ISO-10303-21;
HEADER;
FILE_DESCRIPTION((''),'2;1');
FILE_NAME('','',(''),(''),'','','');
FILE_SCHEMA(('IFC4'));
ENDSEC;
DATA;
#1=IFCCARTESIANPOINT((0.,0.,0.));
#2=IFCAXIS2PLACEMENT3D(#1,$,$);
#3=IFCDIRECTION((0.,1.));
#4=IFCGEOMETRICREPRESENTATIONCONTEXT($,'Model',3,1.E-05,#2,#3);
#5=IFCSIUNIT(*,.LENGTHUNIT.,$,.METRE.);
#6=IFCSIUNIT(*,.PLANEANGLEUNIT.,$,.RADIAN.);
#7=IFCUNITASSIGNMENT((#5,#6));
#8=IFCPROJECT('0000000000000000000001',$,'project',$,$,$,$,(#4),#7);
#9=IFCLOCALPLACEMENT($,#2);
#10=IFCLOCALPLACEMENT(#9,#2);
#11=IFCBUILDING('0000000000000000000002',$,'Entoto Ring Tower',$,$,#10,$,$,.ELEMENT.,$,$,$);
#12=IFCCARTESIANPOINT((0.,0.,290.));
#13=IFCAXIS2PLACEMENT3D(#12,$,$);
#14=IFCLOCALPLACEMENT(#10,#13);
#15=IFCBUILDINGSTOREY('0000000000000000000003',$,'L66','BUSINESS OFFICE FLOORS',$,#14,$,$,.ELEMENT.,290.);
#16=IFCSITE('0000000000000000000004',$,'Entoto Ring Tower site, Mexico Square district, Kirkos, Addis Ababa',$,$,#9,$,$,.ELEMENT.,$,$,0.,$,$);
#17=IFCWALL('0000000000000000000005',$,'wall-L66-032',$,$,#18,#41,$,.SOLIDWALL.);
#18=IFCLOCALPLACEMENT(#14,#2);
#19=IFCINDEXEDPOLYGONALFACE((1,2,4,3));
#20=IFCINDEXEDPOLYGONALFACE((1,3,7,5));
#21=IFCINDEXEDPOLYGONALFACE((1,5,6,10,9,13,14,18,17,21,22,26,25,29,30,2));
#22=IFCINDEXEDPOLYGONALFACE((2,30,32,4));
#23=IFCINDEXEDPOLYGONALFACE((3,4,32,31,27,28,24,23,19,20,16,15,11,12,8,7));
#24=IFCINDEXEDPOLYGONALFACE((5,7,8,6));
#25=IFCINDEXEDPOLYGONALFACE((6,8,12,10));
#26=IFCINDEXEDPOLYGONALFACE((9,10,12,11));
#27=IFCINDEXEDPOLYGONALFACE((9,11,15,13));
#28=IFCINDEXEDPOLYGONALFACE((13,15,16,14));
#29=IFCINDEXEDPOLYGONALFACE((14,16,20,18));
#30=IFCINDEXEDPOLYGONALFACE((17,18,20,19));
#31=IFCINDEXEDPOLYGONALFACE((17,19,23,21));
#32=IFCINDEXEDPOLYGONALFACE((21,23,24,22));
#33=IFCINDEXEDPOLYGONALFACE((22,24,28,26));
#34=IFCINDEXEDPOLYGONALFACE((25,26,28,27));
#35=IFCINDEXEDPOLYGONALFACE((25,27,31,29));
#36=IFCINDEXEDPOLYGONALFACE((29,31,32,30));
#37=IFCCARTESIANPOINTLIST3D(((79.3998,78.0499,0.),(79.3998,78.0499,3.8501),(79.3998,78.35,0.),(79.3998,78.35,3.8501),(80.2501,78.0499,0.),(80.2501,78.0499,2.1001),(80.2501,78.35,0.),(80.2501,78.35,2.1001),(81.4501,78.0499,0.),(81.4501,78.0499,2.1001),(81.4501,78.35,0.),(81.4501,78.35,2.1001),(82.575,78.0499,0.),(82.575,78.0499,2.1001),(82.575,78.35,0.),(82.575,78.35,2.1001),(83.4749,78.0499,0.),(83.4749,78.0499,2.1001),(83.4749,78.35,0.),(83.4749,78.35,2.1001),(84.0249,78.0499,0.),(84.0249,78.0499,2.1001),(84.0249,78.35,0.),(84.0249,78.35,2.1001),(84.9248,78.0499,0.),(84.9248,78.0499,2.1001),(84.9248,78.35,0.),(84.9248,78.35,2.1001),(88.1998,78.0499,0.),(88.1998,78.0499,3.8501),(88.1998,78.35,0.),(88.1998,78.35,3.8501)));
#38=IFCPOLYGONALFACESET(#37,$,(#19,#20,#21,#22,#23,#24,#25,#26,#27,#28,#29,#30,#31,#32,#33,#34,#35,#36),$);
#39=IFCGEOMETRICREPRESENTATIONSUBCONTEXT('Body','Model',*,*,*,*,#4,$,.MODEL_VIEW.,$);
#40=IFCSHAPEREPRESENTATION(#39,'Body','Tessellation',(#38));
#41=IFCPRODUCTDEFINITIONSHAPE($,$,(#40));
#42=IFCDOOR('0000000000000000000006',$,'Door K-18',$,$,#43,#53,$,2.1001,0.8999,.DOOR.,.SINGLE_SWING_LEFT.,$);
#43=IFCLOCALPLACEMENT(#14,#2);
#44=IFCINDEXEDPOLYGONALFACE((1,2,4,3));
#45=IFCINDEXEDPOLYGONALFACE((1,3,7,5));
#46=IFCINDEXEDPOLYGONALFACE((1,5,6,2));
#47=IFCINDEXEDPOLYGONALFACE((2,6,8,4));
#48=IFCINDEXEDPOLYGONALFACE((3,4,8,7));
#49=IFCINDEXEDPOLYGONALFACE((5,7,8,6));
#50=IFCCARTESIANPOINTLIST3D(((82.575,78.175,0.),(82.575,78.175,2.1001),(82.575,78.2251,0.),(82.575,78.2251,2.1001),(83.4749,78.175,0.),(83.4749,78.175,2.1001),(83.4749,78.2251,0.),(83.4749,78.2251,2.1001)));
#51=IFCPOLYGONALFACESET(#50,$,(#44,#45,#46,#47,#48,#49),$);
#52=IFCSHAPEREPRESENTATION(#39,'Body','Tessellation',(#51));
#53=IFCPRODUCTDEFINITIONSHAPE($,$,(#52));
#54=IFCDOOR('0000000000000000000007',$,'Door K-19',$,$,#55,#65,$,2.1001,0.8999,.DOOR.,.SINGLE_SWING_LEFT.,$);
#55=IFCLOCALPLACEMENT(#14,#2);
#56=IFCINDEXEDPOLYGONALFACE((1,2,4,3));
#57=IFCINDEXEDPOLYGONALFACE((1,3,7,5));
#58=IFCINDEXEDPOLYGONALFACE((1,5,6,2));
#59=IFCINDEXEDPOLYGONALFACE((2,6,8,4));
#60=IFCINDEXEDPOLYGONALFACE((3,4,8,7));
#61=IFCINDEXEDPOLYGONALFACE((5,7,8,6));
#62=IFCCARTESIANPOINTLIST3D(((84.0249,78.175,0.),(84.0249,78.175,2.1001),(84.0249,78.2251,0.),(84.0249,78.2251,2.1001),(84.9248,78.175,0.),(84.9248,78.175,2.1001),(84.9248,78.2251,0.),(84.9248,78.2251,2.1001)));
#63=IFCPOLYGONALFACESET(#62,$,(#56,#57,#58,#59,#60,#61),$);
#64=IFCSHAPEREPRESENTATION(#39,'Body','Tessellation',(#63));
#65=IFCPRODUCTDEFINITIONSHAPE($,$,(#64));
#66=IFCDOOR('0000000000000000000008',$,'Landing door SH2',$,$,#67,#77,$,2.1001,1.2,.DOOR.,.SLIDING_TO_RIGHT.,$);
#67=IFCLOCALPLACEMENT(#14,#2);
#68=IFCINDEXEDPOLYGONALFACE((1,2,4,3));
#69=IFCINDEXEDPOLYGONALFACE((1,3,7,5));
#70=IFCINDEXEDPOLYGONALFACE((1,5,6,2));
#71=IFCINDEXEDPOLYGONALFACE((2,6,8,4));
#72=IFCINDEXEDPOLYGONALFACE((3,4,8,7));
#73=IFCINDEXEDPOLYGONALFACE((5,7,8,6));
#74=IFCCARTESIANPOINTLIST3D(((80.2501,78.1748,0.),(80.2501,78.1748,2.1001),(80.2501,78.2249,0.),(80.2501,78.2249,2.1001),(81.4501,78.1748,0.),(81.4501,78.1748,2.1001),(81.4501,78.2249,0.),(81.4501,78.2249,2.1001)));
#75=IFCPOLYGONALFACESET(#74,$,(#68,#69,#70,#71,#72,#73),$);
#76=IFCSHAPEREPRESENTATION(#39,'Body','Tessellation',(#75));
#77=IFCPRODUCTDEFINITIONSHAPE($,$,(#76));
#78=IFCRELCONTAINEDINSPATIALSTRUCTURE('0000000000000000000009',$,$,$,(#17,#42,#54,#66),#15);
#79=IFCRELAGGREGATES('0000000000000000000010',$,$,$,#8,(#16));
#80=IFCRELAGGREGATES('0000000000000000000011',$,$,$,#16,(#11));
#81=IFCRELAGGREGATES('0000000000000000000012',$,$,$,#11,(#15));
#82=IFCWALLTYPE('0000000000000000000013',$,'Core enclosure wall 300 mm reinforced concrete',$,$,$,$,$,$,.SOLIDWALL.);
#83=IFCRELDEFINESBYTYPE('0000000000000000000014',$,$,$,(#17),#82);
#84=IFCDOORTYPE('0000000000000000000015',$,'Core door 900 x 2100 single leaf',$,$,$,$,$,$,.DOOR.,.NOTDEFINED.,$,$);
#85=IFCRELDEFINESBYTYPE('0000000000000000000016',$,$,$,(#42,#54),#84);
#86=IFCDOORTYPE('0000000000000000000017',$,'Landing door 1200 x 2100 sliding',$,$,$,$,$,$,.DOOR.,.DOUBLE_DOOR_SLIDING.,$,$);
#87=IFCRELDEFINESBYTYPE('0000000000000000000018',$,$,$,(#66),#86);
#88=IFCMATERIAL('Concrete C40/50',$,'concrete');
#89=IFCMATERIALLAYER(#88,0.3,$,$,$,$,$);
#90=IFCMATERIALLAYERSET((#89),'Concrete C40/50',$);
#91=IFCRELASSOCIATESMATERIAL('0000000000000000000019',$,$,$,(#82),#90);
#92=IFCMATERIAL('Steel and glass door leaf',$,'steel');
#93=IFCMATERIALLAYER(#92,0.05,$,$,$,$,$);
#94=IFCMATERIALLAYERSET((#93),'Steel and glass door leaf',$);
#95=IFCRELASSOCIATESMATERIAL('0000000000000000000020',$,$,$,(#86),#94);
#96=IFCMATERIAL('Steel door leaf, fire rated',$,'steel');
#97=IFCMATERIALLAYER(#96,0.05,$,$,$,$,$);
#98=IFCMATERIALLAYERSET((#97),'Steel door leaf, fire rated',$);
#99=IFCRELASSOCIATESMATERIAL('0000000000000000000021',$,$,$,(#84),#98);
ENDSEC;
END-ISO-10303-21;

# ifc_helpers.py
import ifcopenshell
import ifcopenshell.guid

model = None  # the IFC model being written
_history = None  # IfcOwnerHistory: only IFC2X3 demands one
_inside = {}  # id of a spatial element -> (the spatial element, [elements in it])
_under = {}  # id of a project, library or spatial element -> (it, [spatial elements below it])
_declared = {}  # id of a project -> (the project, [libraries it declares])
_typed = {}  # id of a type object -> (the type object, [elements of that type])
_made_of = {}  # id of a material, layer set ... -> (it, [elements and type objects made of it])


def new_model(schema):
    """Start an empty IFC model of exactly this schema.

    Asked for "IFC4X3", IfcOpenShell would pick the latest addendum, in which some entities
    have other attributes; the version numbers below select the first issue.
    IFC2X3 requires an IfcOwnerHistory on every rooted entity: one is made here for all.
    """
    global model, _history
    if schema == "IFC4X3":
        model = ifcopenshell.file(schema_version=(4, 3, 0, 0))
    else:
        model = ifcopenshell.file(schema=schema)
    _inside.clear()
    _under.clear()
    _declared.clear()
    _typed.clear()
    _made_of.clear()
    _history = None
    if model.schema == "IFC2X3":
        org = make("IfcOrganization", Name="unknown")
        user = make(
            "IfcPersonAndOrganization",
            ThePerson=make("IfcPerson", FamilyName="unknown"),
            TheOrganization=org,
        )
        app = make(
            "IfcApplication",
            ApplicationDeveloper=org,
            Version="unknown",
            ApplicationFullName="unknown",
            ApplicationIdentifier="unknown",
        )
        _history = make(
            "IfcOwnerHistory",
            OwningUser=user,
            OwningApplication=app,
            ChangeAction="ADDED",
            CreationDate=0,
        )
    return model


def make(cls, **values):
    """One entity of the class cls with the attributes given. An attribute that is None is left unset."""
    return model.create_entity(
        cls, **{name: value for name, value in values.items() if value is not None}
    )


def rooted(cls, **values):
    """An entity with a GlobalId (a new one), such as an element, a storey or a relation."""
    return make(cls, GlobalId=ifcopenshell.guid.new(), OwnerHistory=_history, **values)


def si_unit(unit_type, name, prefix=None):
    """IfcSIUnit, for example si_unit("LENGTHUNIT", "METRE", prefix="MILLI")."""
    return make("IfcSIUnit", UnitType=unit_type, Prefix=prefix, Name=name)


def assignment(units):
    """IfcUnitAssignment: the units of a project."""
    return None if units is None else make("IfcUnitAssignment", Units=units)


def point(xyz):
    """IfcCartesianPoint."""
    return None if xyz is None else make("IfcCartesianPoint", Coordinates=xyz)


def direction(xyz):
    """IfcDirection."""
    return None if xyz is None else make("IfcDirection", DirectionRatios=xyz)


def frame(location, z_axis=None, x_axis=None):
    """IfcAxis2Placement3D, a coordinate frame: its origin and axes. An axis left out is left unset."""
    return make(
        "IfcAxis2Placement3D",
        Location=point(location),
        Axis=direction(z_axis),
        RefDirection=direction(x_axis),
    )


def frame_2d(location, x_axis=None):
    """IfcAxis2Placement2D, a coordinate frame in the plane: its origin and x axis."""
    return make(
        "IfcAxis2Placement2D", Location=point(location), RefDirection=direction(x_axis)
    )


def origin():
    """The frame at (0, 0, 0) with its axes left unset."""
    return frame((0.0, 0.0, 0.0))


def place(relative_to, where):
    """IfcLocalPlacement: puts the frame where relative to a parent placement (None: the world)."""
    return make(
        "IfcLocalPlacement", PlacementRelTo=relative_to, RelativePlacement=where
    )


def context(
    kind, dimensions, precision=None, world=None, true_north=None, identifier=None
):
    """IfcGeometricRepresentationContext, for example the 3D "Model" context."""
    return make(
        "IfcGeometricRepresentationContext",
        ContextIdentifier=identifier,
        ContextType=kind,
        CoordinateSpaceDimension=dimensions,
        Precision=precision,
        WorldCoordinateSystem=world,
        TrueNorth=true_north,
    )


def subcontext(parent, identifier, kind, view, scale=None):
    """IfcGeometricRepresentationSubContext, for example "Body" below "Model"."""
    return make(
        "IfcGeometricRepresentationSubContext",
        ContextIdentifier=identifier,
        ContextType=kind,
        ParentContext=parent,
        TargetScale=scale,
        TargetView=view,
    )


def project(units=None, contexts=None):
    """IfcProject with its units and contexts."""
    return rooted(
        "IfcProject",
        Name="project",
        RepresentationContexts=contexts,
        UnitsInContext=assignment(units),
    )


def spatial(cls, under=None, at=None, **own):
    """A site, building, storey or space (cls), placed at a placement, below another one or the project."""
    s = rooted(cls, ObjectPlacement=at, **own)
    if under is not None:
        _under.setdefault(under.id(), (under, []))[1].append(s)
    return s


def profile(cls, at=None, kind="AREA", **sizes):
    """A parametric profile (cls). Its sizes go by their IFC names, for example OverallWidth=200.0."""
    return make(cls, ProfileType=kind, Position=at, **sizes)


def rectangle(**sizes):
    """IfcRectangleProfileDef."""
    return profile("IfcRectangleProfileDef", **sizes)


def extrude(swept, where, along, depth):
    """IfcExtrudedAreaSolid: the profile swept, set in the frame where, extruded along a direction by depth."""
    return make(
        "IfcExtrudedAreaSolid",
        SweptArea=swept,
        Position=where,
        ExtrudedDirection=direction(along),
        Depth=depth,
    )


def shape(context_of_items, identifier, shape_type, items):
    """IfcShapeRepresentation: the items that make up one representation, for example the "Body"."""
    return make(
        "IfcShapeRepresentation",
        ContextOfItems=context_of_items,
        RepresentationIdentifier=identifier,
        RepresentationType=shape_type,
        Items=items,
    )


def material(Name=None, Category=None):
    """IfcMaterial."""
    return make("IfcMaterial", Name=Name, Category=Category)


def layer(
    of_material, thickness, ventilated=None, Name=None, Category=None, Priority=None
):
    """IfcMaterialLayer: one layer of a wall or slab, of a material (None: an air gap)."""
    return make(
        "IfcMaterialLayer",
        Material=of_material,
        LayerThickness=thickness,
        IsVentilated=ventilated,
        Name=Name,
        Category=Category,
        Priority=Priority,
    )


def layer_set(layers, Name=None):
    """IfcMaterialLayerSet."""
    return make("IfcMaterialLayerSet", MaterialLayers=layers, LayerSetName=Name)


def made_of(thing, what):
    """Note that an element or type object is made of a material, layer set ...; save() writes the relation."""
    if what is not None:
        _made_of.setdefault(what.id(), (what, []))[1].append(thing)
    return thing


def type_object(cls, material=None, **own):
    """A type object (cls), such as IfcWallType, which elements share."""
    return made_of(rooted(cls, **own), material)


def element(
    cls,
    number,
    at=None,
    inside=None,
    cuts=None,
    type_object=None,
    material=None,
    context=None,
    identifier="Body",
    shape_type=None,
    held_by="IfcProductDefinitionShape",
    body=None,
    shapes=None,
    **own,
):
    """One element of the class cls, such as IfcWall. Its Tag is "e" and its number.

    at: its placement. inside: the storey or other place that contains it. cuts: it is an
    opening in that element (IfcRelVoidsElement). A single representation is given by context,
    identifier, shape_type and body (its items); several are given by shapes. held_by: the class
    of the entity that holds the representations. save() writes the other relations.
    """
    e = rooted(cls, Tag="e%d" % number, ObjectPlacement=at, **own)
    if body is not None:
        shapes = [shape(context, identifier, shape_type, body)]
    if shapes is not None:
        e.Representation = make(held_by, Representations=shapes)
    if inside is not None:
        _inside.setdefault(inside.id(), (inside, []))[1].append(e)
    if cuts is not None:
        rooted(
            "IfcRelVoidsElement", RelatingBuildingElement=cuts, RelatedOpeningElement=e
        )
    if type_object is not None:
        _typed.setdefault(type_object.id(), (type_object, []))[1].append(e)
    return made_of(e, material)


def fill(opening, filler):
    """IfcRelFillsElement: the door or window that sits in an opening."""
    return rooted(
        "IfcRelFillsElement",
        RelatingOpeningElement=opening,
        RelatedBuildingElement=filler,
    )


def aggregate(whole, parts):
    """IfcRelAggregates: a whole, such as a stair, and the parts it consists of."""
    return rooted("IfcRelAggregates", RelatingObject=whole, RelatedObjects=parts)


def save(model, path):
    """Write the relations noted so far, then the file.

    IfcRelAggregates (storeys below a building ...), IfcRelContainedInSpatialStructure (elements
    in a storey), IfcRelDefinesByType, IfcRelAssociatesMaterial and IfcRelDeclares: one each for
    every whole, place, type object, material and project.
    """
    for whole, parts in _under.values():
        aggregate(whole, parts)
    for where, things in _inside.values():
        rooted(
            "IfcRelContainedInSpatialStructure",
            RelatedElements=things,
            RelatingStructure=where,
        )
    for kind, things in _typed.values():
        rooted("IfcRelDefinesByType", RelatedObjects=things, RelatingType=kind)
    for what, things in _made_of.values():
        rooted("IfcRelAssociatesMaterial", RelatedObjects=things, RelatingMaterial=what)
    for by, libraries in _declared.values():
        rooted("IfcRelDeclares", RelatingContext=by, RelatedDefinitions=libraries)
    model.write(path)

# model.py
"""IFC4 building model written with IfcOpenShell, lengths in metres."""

from ifc_helpers import new_model, si_unit, direction, frame, frame_2d, origin, place, context, subcontext, project, spatial, rectangle, extrude, material, layer, layer_set, type_object, element, fill, save


model = new_model("IFC4")

# Units and contexts
model_context = context("Model", 3, precision=1e-05, world=origin(), true_north=direction((0.0, 1.0)))
body_context = subcontext(model_context, "Body", "Model", "MODEL_VIEW")
ifc_project = project(units=[si_unit("LENGTHUNIT", "METRE"), si_unit("PLANEANGLEUNIT", "RADIAN")], contexts=[model_context])

# Site, building, storey
site_placement = place(None, origin())
site = spatial("IfcSite", under=ifc_project, at=site_placement, Name="Entoto Ring Tower site, Mexico Square district, Kirkos, Addis Ababa", CompositionType="ELEMENT", RefElevation=0.0)
building_placement = place(site_placement, origin())
building = spatial("IfcBuilding", under=site, at=building_placement, Name="Entoto Ring Tower", CompositionType="ELEMENT")
storey_placement = place(building_placement, frame((0.0, 0.0, 290.0)))
storey = spatial("IfcBuildingStorey", under=building, at=storey_placement, Name="L66", Description="BUSINESS OFFICE FLOORS", CompositionType="ELEMENT", Elevation=290.0)

# Shared definitions
ifc_material_1 = material(Name="Concrete C40/50", Category="concrete")
ifc_layer_1 = layer(ifc_material_1, 0.3)
ifc_layer_set_1 = layer_set([ifc_layer_1], Name="Concrete C40/50")
wall_type = type_object("IfcWallType", Name="Core enclosure wall 300 mm reinforced concrete", PredefinedType="SOLIDWALL", material=ifc_layer_set_1)
ifc_material_2 = material(Name="Steel and glass door leaf", Category="steel")
ifc_layer_2 = layer(ifc_material_2, 0.05)
ifc_layer_set_2 = layer_set([ifc_layer_2], Name="Steel and glass door leaf")
door_type_1 = type_object("IfcDoorType", Name="Landing door 1200 x 2100 sliding", OperationType="DOUBLE_DOOR_SLIDING", PredefinedType="DOOR", material=ifc_layer_set_2)

# Wall, openings, doors
wall_1_placement = place(storey_placement, frame((79.3999, 78.2, 0.0), z_axis=(0.0, 0.0, 1.0), x_axis=(1.0, 0.0, 0.0)))
wall_1 = element("IfcWall", 1, at=wall_1_placement, inside=storey, type_object=wall_type, Name="wall-L66-032", PredefinedType="SOLIDWALL", context=body_context, shape_type="SweptSolid", body=[
    extrude(rectangle(XDim=8.8, YDim=0.3, at=frame_2d((4.3999, 0.0))), origin(), (0.0, 0.0, 1.0), 3.8501),
])
opening_1_placement = place(wall_1_placement, frame((0.8501, 0.0, 0.0)))
opening_1 = element("IfcOpeningElement", 2, at=opening_1_placement, cuts=wall_1, PredefinedType="OPENING", context=body_context, shape_type="SweptSolid", body=[
    extrude(rectangle(XDim=1.2, YDim=2.1001, at=frame_2d((0.6001, 1.05))), frame((0.0, 0.1602, 0.0), z_axis=(0.0, -1.0, 0.0), x_axis=(1.0, 0.0, 0.0)), (0.0, 0.0, 1.0), 0.3201),
])
opening_2_placement = place(wall_1_placement, frame((3.175, 0.0, 0.0)))
opening_2 = element("IfcOpeningElement", 3, at=opening_2_placement, cuts=wall_1, PredefinedType="OPENING", context=body_context, shape_type="SweptSolid", body=[
    extrude(rectangle(XDim=0.8999, YDim=2.1001, at=frame_2d((0.45, 1.05))), frame((0.0, 0.1602, 0.0), z_axis=(0.0, -1.0, 0.0), x_axis=(1.0, 0.0, 0.0)), (0.0, 0.0, 1.0), 0.3201),
])
opening_3_placement = place(wall_1_placement, frame((4.625, 0.0, 0.0)))
opening_3 = element("IfcOpeningElement", 4, at=opening_3_placement, cuts=wall_1, PredefinedType="OPENING", context=body_context, shape_type="SweptSolid", body=[
    extrude(rectangle(XDim=0.8999, YDim=2.1001, at=frame_2d((0.45, 1.05))), frame((0.0, 0.1602, 0.0), z_axis=(0.0, -1.0, 0.0), x_axis=(1.0, 0.0, 0.0)), (0.0, 0.0, 1.0), 0.3201),
])
ifc_material_3 = material(Name="Steel door leaf, fire rated", Category="steel")
ifc_layer_3 = layer(ifc_material_3, 0.05)
ifc_layer_set_3 = layer_set([ifc_layer_3], Name="Steel door leaf, fire rated")
door_type_2 = type_object("IfcDoorType", Name="Core door 900 x 2100 single leaf", OperationType="NOTDEFINED", PredefinedType="DOOR", material=ifc_layer_set_3)
door_1_placement = place(opening_2_placement, frame((0.8999, 0.0, 0.0), z_axis=(0.0, 0.0, 1.0), x_axis=(-1.0, 0.0, 0.0)))
door_1 = element("IfcDoor", 5, at=door_1_placement, inside=storey, type_object=door_type_2, Name="Door K-18", OperationType="SINGLE_SWING_LEFT", OverallHeight=2.1001, OverallWidth=0.8999, PredefinedType="DOOR", context=body_context, shape_type="SweptSolid", body=[
    extrude(rectangle(XDim=0.8999, YDim=2.1001, at=frame_2d((0.45, 1.05))), frame((0.0, 0.0249, 0.0), z_axis=(0.0, -1.0, 0.0), x_axis=(1.0, 0.0, 0.0)), (0.0, 0.0, 1.0), 0.05),
])
fill(opening_2, door_1)
door_2_placement = place(opening_3_placement, frame((0.8999, 0.0, 0.0), z_axis=(0.0, 0.0, 1.0), x_axis=(-1.0, 0.0, 0.0)))
door_2 = element("IfcDoor", 6, at=door_2_placement, inside=storey, type_object=door_type_2, Name="Door K-19", OperationType="SINGLE_SWING_LEFT", OverallHeight=2.1001, OverallWidth=0.8999, PredefinedType="DOOR", context=body_context, shape_type="SweptSolid", body=[
    extrude(rectangle(XDim=0.8999, YDim=2.1001, at=frame_2d((0.45, 1.05))), frame((0.0, 0.0249, 0.0), z_axis=(0.0, -1.0, 0.0), x_axis=(1.0, 0.0, 0.0)), (0.0, 0.0, 1.0), 0.05),
])
fill(opening_3, door_2)
door_3_placement = place(opening_1_placement, origin())
door_3 = element("IfcDoor", 7, at=door_3_placement, inside=storey, type_object=door_type_1, Name="Landing door SH2", OperationType="SLIDING_TO_RIGHT", OverallHeight=2.1001, OverallWidth=1.2, PredefinedType="DOOR", context=body_context, shape_type="SweptSolid", body=[
    extrude(rectangle(XDim=1.2, YDim=2.1001, at=frame_2d((0.6001, 1.05))), frame((0.0, 0.0249, 0.0), z_axis=(0.0, -1.0, 0.0), x_axis=(1.0, 0.0, 0.0)), (0.0, 0.0, 1.0), 0.05),
])
fill(opening_1, door_3)

save(model, "model.ifc")
